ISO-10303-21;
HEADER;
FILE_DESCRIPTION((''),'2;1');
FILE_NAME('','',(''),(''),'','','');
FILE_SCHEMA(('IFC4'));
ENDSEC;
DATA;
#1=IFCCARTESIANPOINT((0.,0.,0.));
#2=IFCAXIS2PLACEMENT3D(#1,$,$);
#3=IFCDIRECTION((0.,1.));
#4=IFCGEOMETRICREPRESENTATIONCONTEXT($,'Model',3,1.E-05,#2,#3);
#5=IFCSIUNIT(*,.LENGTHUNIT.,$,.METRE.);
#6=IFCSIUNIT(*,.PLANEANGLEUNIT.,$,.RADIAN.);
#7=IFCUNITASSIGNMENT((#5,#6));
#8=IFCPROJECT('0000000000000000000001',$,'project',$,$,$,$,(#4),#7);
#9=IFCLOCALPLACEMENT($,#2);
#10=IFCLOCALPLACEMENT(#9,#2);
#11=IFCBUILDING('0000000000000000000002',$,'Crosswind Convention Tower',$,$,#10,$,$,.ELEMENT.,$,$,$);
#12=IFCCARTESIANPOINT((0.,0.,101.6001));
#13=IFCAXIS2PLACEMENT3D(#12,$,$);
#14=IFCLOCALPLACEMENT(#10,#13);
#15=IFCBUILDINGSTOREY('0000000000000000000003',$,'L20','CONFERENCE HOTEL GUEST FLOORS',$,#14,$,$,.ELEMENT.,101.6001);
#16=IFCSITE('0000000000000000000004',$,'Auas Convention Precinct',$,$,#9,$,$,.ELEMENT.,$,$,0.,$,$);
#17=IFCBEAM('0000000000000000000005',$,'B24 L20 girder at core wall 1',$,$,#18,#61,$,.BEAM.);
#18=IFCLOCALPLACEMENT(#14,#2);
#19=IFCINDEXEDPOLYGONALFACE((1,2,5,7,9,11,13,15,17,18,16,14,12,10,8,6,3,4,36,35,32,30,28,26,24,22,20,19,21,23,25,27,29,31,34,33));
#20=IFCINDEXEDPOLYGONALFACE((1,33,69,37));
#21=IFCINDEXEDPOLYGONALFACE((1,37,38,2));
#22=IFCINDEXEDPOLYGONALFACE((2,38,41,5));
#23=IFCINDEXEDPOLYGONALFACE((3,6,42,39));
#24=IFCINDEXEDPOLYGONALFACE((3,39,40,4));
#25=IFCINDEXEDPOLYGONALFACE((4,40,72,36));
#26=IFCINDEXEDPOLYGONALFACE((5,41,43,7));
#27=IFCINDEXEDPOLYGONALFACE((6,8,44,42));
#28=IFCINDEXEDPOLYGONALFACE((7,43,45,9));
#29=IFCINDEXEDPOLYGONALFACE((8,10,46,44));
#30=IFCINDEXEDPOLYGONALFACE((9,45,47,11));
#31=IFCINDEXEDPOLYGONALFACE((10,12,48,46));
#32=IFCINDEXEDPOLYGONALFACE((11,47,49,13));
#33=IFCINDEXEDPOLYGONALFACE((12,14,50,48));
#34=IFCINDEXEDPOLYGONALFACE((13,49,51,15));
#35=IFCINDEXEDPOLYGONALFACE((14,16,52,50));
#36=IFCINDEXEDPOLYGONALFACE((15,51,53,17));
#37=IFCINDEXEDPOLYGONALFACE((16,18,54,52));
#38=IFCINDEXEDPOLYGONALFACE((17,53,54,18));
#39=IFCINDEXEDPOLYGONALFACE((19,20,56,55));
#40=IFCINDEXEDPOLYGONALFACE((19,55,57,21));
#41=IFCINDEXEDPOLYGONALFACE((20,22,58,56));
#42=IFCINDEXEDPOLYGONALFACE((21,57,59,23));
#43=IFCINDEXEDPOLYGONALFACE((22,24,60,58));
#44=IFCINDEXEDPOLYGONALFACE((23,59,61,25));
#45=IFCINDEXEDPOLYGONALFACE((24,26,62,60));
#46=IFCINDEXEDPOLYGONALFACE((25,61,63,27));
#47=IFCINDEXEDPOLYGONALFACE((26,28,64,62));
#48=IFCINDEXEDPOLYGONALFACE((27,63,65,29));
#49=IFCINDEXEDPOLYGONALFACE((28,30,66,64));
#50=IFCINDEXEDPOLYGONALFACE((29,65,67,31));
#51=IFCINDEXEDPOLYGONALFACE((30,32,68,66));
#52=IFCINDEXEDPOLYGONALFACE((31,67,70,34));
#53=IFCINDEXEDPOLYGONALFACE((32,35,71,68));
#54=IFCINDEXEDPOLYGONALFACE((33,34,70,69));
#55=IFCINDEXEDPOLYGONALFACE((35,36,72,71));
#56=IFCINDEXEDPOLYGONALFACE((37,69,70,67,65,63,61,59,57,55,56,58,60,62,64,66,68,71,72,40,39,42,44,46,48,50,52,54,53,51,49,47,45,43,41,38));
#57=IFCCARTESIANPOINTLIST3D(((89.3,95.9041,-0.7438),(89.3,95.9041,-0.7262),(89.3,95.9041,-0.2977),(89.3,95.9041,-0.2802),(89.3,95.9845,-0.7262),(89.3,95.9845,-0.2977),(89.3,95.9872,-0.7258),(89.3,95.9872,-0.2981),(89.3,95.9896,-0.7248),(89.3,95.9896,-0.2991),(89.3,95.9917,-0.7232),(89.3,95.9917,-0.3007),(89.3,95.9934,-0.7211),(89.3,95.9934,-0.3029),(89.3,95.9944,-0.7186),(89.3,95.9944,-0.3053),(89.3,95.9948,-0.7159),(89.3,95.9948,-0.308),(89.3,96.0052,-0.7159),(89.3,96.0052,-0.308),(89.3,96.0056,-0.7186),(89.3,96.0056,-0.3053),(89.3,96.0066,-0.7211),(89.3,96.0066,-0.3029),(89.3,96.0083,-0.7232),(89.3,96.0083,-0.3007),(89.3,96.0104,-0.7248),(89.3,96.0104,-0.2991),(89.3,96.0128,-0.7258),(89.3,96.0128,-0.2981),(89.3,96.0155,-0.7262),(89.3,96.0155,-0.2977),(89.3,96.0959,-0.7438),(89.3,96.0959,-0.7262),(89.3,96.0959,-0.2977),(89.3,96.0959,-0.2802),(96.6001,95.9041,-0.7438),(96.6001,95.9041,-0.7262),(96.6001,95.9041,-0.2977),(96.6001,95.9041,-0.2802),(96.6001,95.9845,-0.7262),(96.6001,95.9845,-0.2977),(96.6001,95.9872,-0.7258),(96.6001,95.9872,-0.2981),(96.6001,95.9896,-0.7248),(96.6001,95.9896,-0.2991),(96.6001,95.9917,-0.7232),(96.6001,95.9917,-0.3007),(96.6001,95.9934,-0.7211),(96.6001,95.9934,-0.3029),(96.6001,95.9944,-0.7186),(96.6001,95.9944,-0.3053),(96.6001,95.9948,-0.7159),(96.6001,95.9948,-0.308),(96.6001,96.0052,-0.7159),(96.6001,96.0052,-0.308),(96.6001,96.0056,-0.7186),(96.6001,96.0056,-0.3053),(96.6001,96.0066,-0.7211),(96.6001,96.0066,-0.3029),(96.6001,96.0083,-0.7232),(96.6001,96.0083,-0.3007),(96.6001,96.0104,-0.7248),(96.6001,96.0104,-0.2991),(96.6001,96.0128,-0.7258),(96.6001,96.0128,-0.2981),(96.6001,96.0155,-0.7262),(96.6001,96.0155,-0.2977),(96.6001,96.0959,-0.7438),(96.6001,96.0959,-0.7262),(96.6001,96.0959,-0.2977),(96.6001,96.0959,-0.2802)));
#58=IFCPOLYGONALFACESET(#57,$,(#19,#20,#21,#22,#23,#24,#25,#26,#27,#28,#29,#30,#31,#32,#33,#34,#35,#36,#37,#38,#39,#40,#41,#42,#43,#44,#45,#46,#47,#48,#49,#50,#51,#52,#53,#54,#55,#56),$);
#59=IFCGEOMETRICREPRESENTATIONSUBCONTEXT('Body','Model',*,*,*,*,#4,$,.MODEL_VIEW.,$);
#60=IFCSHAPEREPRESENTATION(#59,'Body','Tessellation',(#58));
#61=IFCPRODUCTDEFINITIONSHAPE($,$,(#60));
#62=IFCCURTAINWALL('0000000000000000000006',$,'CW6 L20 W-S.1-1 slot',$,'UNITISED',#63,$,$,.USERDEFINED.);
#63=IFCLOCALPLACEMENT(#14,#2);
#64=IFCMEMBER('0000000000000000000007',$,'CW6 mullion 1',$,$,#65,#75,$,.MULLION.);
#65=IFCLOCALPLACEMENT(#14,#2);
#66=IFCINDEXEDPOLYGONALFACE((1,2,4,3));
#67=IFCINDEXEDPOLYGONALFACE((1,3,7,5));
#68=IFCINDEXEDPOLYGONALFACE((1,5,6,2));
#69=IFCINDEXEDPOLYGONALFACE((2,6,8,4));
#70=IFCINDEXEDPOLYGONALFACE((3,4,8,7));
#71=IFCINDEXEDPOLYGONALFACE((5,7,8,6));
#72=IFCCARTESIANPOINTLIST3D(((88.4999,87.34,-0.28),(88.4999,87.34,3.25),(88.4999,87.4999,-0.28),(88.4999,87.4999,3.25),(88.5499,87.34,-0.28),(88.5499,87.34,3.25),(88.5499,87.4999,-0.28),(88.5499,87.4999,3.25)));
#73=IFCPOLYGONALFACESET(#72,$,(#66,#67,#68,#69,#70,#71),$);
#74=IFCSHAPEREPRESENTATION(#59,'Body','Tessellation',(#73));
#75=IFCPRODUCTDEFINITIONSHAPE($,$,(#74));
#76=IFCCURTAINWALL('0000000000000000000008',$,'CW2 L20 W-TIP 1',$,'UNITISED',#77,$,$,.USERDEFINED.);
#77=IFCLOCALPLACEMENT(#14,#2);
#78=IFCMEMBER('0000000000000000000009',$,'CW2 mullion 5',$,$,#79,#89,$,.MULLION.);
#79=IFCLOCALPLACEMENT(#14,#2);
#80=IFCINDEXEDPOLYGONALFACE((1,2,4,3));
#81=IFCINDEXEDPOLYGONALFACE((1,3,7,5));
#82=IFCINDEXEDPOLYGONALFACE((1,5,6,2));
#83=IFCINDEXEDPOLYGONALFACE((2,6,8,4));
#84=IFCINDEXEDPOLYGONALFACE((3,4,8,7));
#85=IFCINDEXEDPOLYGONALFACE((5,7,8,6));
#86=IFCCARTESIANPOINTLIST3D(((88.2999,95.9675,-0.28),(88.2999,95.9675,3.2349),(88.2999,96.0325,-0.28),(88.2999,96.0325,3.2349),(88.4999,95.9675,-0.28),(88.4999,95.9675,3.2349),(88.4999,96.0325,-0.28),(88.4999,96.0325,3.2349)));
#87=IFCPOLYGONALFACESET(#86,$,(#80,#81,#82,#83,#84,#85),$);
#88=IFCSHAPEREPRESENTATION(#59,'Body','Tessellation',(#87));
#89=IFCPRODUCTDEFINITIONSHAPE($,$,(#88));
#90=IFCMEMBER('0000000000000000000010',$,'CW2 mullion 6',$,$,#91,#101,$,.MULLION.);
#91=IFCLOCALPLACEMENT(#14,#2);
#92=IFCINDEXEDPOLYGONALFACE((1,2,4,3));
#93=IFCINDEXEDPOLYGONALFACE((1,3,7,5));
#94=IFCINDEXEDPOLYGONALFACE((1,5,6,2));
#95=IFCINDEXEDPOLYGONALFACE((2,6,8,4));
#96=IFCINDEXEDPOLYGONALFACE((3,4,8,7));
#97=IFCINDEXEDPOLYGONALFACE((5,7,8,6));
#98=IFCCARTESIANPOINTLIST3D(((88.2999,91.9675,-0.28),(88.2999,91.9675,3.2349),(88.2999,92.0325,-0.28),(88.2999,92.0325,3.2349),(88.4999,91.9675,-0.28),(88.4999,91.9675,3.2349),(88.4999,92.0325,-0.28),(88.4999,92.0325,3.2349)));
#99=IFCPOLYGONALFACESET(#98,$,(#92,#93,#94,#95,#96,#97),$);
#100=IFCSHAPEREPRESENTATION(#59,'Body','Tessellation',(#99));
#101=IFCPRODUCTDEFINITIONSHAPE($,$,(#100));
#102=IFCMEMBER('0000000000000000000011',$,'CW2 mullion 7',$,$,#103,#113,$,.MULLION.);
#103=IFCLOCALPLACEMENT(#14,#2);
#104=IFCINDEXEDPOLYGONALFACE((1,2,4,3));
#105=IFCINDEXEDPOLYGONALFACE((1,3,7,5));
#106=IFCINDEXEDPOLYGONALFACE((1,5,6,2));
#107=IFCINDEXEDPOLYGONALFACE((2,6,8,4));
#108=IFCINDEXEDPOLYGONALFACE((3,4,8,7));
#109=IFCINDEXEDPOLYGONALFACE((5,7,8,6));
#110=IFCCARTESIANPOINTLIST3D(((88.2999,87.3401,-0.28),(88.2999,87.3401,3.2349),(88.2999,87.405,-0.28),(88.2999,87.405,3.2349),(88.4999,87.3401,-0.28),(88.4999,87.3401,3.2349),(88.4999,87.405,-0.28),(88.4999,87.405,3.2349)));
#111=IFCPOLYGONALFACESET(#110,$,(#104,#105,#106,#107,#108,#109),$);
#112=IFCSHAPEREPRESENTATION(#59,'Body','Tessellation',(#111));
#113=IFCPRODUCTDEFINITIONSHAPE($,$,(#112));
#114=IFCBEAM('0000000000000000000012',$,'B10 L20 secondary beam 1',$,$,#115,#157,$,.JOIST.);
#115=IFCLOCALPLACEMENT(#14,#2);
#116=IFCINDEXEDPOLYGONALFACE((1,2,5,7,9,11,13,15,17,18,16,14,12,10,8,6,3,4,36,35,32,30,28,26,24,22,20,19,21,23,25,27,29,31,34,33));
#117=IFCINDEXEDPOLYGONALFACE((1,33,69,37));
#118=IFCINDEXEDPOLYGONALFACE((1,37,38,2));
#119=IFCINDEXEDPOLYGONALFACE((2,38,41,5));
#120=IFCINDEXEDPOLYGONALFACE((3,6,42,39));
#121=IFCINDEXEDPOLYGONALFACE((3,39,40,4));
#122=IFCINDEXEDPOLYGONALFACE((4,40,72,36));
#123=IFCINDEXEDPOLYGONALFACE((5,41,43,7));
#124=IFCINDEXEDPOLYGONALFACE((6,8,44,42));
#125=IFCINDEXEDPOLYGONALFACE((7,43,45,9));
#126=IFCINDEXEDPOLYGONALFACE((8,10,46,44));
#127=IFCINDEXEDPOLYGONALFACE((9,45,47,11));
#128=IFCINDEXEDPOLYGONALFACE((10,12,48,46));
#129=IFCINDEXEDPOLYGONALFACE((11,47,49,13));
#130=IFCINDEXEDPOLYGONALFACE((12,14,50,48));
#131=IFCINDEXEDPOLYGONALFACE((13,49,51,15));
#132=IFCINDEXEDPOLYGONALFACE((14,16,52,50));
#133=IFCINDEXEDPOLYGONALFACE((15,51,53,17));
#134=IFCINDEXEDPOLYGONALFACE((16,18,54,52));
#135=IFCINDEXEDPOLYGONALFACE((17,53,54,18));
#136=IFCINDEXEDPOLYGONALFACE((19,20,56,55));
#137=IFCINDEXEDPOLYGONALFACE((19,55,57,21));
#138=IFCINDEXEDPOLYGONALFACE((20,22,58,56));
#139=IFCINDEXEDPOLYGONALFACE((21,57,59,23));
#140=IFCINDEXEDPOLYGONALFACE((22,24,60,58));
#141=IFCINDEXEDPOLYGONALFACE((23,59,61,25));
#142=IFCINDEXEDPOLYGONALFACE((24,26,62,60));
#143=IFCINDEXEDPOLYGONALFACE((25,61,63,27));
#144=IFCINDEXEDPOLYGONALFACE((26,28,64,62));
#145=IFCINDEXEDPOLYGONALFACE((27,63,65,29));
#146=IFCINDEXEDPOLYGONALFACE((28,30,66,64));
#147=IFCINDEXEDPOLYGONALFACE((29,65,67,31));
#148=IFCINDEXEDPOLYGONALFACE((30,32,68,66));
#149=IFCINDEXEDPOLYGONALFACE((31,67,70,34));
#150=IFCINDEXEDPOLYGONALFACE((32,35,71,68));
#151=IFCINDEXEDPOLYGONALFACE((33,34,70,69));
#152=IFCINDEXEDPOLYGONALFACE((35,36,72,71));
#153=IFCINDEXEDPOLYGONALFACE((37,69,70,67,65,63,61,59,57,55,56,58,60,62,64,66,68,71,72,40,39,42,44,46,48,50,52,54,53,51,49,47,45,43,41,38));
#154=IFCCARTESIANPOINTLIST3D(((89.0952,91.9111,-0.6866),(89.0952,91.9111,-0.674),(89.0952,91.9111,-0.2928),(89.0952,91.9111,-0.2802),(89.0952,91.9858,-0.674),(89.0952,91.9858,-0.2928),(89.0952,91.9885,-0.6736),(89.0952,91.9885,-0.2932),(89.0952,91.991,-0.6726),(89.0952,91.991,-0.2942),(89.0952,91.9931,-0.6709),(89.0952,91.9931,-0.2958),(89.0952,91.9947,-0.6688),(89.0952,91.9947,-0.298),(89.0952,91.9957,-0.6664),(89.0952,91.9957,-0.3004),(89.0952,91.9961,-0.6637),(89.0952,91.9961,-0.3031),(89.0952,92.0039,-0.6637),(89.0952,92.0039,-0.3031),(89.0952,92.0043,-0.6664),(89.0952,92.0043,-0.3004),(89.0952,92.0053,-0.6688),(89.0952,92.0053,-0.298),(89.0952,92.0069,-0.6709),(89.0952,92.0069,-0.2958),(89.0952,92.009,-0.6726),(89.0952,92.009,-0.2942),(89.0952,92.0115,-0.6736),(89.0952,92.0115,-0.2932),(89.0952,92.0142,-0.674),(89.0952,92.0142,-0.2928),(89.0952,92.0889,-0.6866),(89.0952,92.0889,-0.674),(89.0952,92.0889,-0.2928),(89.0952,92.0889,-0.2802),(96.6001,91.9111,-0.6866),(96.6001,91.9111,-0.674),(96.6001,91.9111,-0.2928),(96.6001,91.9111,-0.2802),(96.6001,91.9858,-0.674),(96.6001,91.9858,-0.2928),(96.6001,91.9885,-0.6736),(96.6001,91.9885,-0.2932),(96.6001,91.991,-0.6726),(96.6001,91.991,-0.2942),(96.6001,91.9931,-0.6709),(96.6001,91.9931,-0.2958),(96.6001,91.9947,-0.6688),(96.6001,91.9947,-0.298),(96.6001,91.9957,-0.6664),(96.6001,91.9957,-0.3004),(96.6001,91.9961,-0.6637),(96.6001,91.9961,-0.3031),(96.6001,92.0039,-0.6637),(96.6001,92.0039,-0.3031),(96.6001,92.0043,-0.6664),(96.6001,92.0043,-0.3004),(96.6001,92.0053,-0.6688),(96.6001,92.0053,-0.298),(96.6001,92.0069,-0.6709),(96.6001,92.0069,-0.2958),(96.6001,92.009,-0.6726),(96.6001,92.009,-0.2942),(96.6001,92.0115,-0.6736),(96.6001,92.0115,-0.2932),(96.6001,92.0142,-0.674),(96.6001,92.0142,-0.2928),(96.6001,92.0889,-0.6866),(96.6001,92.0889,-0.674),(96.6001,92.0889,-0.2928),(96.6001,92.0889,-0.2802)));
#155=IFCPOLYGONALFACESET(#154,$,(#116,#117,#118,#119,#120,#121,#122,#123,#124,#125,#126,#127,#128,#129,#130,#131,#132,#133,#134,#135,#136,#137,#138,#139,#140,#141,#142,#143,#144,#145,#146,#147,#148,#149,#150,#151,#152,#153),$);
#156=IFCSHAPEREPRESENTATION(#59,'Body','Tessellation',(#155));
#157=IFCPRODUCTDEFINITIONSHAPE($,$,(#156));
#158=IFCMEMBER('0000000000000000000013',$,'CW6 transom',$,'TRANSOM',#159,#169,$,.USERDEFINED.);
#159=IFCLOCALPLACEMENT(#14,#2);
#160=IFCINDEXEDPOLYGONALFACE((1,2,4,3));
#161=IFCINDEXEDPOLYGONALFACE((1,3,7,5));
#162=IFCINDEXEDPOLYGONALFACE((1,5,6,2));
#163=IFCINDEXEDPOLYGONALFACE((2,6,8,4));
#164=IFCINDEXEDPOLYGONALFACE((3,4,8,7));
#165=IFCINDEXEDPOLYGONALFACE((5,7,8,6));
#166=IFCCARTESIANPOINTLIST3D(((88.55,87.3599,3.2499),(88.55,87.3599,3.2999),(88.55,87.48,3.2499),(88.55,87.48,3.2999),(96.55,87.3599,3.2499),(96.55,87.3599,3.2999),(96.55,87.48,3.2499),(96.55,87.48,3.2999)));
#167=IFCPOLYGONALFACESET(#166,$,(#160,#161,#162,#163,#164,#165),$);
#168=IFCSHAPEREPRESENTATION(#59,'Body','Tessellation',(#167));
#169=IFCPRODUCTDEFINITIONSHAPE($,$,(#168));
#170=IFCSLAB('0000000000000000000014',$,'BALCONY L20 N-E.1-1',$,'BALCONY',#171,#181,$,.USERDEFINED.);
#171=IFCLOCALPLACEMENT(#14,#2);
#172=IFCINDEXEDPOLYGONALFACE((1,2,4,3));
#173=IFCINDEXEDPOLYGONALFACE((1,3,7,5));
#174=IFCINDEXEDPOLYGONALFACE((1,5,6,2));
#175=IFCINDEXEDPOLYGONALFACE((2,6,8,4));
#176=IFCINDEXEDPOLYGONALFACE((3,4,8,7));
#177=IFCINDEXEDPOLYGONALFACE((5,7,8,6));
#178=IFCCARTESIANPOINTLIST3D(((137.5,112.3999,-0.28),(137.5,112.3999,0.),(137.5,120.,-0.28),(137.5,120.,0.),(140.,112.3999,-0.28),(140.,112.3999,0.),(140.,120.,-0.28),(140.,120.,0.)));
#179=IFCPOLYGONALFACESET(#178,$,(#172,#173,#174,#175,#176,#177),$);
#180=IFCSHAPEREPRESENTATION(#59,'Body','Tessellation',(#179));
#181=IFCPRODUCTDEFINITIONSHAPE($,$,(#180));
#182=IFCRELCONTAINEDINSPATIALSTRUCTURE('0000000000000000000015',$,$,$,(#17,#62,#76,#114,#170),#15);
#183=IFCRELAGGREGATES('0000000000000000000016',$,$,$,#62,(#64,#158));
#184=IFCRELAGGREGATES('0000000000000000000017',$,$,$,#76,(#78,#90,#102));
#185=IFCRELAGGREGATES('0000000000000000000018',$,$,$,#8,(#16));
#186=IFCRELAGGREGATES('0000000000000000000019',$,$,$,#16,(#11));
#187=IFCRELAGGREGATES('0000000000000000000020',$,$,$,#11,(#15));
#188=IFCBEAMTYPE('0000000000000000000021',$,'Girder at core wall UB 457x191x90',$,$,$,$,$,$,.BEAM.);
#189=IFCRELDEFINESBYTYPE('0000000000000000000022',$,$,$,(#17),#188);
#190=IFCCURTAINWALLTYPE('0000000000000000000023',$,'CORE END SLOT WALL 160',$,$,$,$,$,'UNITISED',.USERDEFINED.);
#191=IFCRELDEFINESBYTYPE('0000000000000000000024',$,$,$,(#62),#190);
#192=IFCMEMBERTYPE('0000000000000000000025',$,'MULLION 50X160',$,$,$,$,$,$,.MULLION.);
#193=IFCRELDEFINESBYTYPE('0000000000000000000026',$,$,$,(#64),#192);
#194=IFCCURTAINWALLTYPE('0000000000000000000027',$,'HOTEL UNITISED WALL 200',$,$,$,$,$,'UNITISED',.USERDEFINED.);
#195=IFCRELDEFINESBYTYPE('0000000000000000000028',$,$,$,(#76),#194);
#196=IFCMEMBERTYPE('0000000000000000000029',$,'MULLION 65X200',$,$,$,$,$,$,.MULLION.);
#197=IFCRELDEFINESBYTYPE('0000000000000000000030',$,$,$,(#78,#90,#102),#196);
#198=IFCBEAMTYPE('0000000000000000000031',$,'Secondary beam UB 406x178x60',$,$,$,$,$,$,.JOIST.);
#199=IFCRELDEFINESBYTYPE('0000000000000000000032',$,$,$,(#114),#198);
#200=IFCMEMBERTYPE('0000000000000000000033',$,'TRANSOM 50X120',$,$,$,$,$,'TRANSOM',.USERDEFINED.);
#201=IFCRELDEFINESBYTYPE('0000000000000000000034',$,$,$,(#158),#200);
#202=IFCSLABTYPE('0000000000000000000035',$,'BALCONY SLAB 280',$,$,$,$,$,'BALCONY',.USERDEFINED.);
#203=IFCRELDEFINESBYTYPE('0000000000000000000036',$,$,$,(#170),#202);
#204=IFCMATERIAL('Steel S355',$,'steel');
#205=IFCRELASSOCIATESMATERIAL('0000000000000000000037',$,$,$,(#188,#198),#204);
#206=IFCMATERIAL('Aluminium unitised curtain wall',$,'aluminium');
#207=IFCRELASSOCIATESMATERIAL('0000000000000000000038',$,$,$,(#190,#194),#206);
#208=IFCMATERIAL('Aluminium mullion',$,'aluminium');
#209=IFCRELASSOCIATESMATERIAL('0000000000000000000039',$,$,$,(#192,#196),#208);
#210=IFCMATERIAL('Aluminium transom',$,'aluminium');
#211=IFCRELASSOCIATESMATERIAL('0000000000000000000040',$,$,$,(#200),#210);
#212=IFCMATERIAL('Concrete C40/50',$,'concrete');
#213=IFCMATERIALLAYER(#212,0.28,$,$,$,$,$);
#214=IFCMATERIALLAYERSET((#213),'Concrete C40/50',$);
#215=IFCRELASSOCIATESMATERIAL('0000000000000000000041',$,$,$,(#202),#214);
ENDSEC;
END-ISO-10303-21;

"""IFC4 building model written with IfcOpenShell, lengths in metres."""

from ifc_helpers import new_model, si_unit, direction, frame, origin, origin_2d, place, context, subcontext, project, spatial, polyline, rectangle, i_section, outline, extrude, material, layer, layer_set, material_profile, profile_set, type_object, element, aggregate, save


model = new_model("IFC4")

# Units and contexts
model_context = context("Model", 3, precision=1e-05, world=origin(), true_north=direction((0.0, 1.0)))
body_context = subcontext(model_context, "Body", "Model", "MODEL_VIEW")
ifc_project = project(units=[si_unit("LENGTHUNIT", "METRE"), si_unit("PLANEANGLEUNIT", "RADIAN")], contexts=[model_context])

# Site, building, storey
site_placement = place(None, origin())
site = spatial("IfcSite", under=ifc_project, at=site_placement, Name="Auas Convention Precinct", CompositionType="ELEMENT", RefElevation=0.0)
building_placement = place(site_placement, origin())
building = spatial("IfcBuilding", under=site, at=building_placement, Name="Crosswind Convention Tower", CompositionType="ELEMENT")
storey_placement = place(building_placement, frame((0.0, 0.0, 101.6001)))
storey = spatial("IfcBuildingStorey", under=building, at=storey_placement, Name="L20", Description="CONFERENCE HOTEL GUEST FLOORS", CompositionType="ELEMENT", Elevation=101.6001)

# Beam
ifc_material_1 = material(Name="Steel S355", Category="steel")
ifc_material_profile_1 = material_profile(ifc_material_1, i_section(OverallWidth=0.1919, OverallDepth=0.4636, WebThickness=0.0105, FlangeThickness=0.0176, FilletRadius=0.0103, at=origin_2d()), Name="UB 457x191x90")
ifc_profile_set_1 = profile_set([ifc_material_profile_1], Name="Steel S355")
beam_type_1 = type_object("IfcBeamType", Name="Girder at core wall UB 457x191x90", PredefinedType="BEAM", material=ifc_profile_set_1)
beam_1_placement = place(storey_placement, frame((89.3, 96.0, -0.512), z_axis=(1.0, 0.0, 0.0), x_axis=(0.0, 1.0, 0.0)))
element("IfcBeam", 1, at=beam_1_placement, inside=storey, type_object=beam_type_1, Name="B24 L20 girder at core wall 1", PredefinedType="BEAM", context=body_context, shape_type="SweptSolid", body=[
    extrude(i_section(OverallWidth=0.1919, OverallDepth=0.4636, WebThickness=0.0105, FlangeThickness=0.0176, FilletRadius=0.0103, at=origin_2d()), origin(), (0.0, 0.0, 1.0), 7.3),
])

# Curtain wall, member
ifc_material_2 = material(Name="Aluminium unitised curtain wall", Category="aluminium")
curtain_wall_type_1 = type_object("IfcCurtainWallType", Name="CORE END SLOT WALL 160", ElementType="UNITISED", PredefinedType="USERDEFINED", material=ifc_material_2)
curtain_wall_1_placement = place(storey_placement, origin())
curtain_wall_1 = element("IfcCurtainWall", 2, at=curtain_wall_1_placement, inside=storey, type_object=curtain_wall_type_1, Name="CW6 L20 W-S.1-1 slot", ObjectType="UNITISED", PredefinedType="USERDEFINED")
ifc_material_3 = material(Name="Aluminium mullion", Category="aluminium")
ifc_material_profile_2 = material_profile(ifc_material_3, rectangle(XDim=0.1599, YDim=0.05, at=origin_2d()), Name="AL 160X50")
ifc_profile_set_2 = profile_set([ifc_material_profile_2], Name="Aluminium mullion")
member_type_1 = type_object("IfcMemberType", Name="MULLION 50X160", PredefinedType="MULLION", material=ifc_profile_set_2)
member_1_placement = place(storey_placement, frame((88.5249, 87.4199, -0.28), z_axis=(0.0, 0.0, 1.0), x_axis=(0.0, -1.0, 0.0)))
member_1 = element("IfcMember", 3, at=member_1_placement, type_object=member_type_1, Name="CW6 mullion 1", PredefinedType="MULLION", context=body_context, shape_type="SweptSolid", body=[
    extrude(rectangle(XDim=0.1599, YDim=0.05, at=origin_2d()), origin(), (0.0, 0.0, 1.0), 3.53),
])

# Curtain wall, members
curtain_wall_type_2 = type_object("IfcCurtainWallType", Name="HOTEL UNITISED WALL 200", ElementType="UNITISED", PredefinedType="USERDEFINED", material=ifc_material_2)
curtain_wall_2_placement = place(storey_placement, origin())
curtain_wall_2 = element("IfcCurtainWall", 4, at=curtain_wall_2_placement, inside=storey, type_object=curtain_wall_type_2, Name="CW2 L20 W-TIP 1", ObjectType="UNITISED", PredefinedType="USERDEFINED")
ifc_material_profile_3 = material_profile(ifc_material_3, rectangle(XDim=0.2, YDim=0.0649, at=origin_2d()), Name="AL 200X65")
ifc_profile_set_3 = profile_set([ifc_material_profile_3], Name="Aluminium mullion")
member_type_2 = type_object("IfcMemberType", Name="MULLION 65X200", PredefinedType="MULLION", material=ifc_profile_set_3)
member_2_placement = place(storey_placement, frame((88.3999, 96.0, -0.28), z_axis=(0.0, 0.0, 1.0), x_axis=(-1.0, 0.0, 0.0)))
member_2 = element("IfcMember", 5, at=member_2_placement, type_object=member_type_2, Name="CW2 mullion 5", PredefinedType="MULLION", context=body_context, shape_type="SweptSolid", body=[
    extrude(rectangle(XDim=0.2, YDim=0.0649, at=origin_2d()), origin(), (0.0, 0.0, 1.0), 3.5149),
])
member_3_placement = place(storey_placement, frame((88.3999, 92.0, -0.28), z_axis=(0.0, 0.0, 1.0), x_axis=(-1.0, 0.0, 0.0)))
member_3 = element("IfcMember", 6, at=member_3_placement, type_object=member_type_2, Name="CW2 mullion 6", PredefinedType="MULLION", context=body_context, shape_type="SweptSolid", body=[
    extrude(rectangle(XDim=0.2, YDim=0.0649, at=origin_2d()), origin(), (0.0, 0.0, 1.0), 3.5149),
])
member_4_placement = place(storey_placement, frame((88.3999, 87.3726, -0.28), z_axis=(0.0, 0.0, 1.0), x_axis=(-1.0, 0.0, 0.0)))
member_4 = element("IfcMember", 7, at=member_4_placement, type_object=member_type_2, Name="CW2 mullion 7", PredefinedType="MULLION", context=body_context, shape_type="SweptSolid", body=[
    extrude(rectangle(XDim=0.2, YDim=0.0649, at=origin_2d()), origin(), (0.0, 0.0, 1.0), 3.5149),
])

# Beam
ifc_material_profile_4 = material_profile(ifc_material_1, i_section(OverallWidth=0.1777, OverallDepth=0.4065, WebThickness=0.0078, FlangeThickness=0.0127, FilletRadius=0.0103, at=origin_2d()), Name="UB 406x178x60")
ifc_profile_set_4 = profile_set([ifc_material_profile_4], Name="Steel S355")
beam_type_2 = type_object("IfcBeamType", Name="Secondary beam UB 406x178x60", PredefinedType="JOIST", material=ifc_profile_set_4)
beam_2_placement = place(storey_placement, frame((89.0952, 92.0, -0.4834), z_axis=(1.0, 0.0, 0.0), x_axis=(0.0, 1.0, 0.0)))
element("IfcBeam", 8, at=beam_2_placement, inside=storey, type_object=beam_type_2, Name="B10 L20 secondary beam 1", PredefinedType="JOIST", context=body_context, shape_type="SweptSolid", body=[
    extrude(i_section(OverallWidth=0.1777, OverallDepth=0.4065, WebThickness=0.0078, FlangeThickness=0.0127, FilletRadius=0.0103, at=origin_2d()), origin(), (0.0, 0.0, 1.0), 7.5049),
])

# Member
ifc_material_4 = material(Name="Aluminium transom", Category="aluminium")
ifc_material_profile_5 = material_profile(ifc_material_4, rectangle(XDim=0.1201, YDim=0.05, at=origin_2d()), Name="AL 120X50")
ifc_profile_set_5 = profile_set([ifc_material_profile_5], Name="Aluminium transom")
member_type_3 = type_object("IfcMemberType", Name="TRANSOM 50X120", ElementType="TRANSOM", PredefinedType="USERDEFINED", material=ifc_profile_set_5)
member_5_placement = place(storey_placement, frame((88.55, 87.4199, 3.2749), z_axis=(1.0, 0.0, 0.0), x_axis=(0.0, 1.0, 0.0)))
member_5 = element("IfcMember", 9, at=member_5_placement, type_object=member_type_3, Name="CW6 transom", ObjectType="TRANSOM", PredefinedType="USERDEFINED", context=body_context, shape_type="SweptSolid", body=[
    extrude(rectangle(XDim=0.1201, YDim=0.05, at=origin_2d()), origin(), (0.0, 0.0, 1.0), 8.0),
])

# Slab
ifc_material_5 = material(Name="Concrete C40/50", Category="concrete")
ifc_layer_1 = layer(ifc_material_5, 0.28)
ifc_layer_set_1 = layer_set([ifc_layer_1], Name="Concrete C40/50")
slab_type_1 = type_object("IfcSlabType", Name="BALCONY SLAB 280", ElementType="BALCONY", PredefinedType="USERDEFINED", material=ifc_layer_set_1)
slab_1_placement = place(storey_placement, frame((0.0, 0.0, -0.28)))
element("IfcSlab", 10, at=slab_1_placement, inside=storey, type_object=slab_type_1, Name="BALCONY L20 N-E.1-1", ObjectType="BALCONY", PredefinedType="USERDEFINED", context=body_context, shape_type="SweptSolid", body=[
    extrude(outline(polyline([(137.5, 112.3999), (137.5, 120.0), (140.0, 120.0), (140.0, 112.3999), (137.5, 112.3999)])), origin(), (0.0, 0.0, 1.0), 0.28),
])

aggregate(curtain_wall_1, [member_1, member_5])
aggregate(curtain_wall_2, [member_2, member_3, member_4])

save(model, "model.ifc")
